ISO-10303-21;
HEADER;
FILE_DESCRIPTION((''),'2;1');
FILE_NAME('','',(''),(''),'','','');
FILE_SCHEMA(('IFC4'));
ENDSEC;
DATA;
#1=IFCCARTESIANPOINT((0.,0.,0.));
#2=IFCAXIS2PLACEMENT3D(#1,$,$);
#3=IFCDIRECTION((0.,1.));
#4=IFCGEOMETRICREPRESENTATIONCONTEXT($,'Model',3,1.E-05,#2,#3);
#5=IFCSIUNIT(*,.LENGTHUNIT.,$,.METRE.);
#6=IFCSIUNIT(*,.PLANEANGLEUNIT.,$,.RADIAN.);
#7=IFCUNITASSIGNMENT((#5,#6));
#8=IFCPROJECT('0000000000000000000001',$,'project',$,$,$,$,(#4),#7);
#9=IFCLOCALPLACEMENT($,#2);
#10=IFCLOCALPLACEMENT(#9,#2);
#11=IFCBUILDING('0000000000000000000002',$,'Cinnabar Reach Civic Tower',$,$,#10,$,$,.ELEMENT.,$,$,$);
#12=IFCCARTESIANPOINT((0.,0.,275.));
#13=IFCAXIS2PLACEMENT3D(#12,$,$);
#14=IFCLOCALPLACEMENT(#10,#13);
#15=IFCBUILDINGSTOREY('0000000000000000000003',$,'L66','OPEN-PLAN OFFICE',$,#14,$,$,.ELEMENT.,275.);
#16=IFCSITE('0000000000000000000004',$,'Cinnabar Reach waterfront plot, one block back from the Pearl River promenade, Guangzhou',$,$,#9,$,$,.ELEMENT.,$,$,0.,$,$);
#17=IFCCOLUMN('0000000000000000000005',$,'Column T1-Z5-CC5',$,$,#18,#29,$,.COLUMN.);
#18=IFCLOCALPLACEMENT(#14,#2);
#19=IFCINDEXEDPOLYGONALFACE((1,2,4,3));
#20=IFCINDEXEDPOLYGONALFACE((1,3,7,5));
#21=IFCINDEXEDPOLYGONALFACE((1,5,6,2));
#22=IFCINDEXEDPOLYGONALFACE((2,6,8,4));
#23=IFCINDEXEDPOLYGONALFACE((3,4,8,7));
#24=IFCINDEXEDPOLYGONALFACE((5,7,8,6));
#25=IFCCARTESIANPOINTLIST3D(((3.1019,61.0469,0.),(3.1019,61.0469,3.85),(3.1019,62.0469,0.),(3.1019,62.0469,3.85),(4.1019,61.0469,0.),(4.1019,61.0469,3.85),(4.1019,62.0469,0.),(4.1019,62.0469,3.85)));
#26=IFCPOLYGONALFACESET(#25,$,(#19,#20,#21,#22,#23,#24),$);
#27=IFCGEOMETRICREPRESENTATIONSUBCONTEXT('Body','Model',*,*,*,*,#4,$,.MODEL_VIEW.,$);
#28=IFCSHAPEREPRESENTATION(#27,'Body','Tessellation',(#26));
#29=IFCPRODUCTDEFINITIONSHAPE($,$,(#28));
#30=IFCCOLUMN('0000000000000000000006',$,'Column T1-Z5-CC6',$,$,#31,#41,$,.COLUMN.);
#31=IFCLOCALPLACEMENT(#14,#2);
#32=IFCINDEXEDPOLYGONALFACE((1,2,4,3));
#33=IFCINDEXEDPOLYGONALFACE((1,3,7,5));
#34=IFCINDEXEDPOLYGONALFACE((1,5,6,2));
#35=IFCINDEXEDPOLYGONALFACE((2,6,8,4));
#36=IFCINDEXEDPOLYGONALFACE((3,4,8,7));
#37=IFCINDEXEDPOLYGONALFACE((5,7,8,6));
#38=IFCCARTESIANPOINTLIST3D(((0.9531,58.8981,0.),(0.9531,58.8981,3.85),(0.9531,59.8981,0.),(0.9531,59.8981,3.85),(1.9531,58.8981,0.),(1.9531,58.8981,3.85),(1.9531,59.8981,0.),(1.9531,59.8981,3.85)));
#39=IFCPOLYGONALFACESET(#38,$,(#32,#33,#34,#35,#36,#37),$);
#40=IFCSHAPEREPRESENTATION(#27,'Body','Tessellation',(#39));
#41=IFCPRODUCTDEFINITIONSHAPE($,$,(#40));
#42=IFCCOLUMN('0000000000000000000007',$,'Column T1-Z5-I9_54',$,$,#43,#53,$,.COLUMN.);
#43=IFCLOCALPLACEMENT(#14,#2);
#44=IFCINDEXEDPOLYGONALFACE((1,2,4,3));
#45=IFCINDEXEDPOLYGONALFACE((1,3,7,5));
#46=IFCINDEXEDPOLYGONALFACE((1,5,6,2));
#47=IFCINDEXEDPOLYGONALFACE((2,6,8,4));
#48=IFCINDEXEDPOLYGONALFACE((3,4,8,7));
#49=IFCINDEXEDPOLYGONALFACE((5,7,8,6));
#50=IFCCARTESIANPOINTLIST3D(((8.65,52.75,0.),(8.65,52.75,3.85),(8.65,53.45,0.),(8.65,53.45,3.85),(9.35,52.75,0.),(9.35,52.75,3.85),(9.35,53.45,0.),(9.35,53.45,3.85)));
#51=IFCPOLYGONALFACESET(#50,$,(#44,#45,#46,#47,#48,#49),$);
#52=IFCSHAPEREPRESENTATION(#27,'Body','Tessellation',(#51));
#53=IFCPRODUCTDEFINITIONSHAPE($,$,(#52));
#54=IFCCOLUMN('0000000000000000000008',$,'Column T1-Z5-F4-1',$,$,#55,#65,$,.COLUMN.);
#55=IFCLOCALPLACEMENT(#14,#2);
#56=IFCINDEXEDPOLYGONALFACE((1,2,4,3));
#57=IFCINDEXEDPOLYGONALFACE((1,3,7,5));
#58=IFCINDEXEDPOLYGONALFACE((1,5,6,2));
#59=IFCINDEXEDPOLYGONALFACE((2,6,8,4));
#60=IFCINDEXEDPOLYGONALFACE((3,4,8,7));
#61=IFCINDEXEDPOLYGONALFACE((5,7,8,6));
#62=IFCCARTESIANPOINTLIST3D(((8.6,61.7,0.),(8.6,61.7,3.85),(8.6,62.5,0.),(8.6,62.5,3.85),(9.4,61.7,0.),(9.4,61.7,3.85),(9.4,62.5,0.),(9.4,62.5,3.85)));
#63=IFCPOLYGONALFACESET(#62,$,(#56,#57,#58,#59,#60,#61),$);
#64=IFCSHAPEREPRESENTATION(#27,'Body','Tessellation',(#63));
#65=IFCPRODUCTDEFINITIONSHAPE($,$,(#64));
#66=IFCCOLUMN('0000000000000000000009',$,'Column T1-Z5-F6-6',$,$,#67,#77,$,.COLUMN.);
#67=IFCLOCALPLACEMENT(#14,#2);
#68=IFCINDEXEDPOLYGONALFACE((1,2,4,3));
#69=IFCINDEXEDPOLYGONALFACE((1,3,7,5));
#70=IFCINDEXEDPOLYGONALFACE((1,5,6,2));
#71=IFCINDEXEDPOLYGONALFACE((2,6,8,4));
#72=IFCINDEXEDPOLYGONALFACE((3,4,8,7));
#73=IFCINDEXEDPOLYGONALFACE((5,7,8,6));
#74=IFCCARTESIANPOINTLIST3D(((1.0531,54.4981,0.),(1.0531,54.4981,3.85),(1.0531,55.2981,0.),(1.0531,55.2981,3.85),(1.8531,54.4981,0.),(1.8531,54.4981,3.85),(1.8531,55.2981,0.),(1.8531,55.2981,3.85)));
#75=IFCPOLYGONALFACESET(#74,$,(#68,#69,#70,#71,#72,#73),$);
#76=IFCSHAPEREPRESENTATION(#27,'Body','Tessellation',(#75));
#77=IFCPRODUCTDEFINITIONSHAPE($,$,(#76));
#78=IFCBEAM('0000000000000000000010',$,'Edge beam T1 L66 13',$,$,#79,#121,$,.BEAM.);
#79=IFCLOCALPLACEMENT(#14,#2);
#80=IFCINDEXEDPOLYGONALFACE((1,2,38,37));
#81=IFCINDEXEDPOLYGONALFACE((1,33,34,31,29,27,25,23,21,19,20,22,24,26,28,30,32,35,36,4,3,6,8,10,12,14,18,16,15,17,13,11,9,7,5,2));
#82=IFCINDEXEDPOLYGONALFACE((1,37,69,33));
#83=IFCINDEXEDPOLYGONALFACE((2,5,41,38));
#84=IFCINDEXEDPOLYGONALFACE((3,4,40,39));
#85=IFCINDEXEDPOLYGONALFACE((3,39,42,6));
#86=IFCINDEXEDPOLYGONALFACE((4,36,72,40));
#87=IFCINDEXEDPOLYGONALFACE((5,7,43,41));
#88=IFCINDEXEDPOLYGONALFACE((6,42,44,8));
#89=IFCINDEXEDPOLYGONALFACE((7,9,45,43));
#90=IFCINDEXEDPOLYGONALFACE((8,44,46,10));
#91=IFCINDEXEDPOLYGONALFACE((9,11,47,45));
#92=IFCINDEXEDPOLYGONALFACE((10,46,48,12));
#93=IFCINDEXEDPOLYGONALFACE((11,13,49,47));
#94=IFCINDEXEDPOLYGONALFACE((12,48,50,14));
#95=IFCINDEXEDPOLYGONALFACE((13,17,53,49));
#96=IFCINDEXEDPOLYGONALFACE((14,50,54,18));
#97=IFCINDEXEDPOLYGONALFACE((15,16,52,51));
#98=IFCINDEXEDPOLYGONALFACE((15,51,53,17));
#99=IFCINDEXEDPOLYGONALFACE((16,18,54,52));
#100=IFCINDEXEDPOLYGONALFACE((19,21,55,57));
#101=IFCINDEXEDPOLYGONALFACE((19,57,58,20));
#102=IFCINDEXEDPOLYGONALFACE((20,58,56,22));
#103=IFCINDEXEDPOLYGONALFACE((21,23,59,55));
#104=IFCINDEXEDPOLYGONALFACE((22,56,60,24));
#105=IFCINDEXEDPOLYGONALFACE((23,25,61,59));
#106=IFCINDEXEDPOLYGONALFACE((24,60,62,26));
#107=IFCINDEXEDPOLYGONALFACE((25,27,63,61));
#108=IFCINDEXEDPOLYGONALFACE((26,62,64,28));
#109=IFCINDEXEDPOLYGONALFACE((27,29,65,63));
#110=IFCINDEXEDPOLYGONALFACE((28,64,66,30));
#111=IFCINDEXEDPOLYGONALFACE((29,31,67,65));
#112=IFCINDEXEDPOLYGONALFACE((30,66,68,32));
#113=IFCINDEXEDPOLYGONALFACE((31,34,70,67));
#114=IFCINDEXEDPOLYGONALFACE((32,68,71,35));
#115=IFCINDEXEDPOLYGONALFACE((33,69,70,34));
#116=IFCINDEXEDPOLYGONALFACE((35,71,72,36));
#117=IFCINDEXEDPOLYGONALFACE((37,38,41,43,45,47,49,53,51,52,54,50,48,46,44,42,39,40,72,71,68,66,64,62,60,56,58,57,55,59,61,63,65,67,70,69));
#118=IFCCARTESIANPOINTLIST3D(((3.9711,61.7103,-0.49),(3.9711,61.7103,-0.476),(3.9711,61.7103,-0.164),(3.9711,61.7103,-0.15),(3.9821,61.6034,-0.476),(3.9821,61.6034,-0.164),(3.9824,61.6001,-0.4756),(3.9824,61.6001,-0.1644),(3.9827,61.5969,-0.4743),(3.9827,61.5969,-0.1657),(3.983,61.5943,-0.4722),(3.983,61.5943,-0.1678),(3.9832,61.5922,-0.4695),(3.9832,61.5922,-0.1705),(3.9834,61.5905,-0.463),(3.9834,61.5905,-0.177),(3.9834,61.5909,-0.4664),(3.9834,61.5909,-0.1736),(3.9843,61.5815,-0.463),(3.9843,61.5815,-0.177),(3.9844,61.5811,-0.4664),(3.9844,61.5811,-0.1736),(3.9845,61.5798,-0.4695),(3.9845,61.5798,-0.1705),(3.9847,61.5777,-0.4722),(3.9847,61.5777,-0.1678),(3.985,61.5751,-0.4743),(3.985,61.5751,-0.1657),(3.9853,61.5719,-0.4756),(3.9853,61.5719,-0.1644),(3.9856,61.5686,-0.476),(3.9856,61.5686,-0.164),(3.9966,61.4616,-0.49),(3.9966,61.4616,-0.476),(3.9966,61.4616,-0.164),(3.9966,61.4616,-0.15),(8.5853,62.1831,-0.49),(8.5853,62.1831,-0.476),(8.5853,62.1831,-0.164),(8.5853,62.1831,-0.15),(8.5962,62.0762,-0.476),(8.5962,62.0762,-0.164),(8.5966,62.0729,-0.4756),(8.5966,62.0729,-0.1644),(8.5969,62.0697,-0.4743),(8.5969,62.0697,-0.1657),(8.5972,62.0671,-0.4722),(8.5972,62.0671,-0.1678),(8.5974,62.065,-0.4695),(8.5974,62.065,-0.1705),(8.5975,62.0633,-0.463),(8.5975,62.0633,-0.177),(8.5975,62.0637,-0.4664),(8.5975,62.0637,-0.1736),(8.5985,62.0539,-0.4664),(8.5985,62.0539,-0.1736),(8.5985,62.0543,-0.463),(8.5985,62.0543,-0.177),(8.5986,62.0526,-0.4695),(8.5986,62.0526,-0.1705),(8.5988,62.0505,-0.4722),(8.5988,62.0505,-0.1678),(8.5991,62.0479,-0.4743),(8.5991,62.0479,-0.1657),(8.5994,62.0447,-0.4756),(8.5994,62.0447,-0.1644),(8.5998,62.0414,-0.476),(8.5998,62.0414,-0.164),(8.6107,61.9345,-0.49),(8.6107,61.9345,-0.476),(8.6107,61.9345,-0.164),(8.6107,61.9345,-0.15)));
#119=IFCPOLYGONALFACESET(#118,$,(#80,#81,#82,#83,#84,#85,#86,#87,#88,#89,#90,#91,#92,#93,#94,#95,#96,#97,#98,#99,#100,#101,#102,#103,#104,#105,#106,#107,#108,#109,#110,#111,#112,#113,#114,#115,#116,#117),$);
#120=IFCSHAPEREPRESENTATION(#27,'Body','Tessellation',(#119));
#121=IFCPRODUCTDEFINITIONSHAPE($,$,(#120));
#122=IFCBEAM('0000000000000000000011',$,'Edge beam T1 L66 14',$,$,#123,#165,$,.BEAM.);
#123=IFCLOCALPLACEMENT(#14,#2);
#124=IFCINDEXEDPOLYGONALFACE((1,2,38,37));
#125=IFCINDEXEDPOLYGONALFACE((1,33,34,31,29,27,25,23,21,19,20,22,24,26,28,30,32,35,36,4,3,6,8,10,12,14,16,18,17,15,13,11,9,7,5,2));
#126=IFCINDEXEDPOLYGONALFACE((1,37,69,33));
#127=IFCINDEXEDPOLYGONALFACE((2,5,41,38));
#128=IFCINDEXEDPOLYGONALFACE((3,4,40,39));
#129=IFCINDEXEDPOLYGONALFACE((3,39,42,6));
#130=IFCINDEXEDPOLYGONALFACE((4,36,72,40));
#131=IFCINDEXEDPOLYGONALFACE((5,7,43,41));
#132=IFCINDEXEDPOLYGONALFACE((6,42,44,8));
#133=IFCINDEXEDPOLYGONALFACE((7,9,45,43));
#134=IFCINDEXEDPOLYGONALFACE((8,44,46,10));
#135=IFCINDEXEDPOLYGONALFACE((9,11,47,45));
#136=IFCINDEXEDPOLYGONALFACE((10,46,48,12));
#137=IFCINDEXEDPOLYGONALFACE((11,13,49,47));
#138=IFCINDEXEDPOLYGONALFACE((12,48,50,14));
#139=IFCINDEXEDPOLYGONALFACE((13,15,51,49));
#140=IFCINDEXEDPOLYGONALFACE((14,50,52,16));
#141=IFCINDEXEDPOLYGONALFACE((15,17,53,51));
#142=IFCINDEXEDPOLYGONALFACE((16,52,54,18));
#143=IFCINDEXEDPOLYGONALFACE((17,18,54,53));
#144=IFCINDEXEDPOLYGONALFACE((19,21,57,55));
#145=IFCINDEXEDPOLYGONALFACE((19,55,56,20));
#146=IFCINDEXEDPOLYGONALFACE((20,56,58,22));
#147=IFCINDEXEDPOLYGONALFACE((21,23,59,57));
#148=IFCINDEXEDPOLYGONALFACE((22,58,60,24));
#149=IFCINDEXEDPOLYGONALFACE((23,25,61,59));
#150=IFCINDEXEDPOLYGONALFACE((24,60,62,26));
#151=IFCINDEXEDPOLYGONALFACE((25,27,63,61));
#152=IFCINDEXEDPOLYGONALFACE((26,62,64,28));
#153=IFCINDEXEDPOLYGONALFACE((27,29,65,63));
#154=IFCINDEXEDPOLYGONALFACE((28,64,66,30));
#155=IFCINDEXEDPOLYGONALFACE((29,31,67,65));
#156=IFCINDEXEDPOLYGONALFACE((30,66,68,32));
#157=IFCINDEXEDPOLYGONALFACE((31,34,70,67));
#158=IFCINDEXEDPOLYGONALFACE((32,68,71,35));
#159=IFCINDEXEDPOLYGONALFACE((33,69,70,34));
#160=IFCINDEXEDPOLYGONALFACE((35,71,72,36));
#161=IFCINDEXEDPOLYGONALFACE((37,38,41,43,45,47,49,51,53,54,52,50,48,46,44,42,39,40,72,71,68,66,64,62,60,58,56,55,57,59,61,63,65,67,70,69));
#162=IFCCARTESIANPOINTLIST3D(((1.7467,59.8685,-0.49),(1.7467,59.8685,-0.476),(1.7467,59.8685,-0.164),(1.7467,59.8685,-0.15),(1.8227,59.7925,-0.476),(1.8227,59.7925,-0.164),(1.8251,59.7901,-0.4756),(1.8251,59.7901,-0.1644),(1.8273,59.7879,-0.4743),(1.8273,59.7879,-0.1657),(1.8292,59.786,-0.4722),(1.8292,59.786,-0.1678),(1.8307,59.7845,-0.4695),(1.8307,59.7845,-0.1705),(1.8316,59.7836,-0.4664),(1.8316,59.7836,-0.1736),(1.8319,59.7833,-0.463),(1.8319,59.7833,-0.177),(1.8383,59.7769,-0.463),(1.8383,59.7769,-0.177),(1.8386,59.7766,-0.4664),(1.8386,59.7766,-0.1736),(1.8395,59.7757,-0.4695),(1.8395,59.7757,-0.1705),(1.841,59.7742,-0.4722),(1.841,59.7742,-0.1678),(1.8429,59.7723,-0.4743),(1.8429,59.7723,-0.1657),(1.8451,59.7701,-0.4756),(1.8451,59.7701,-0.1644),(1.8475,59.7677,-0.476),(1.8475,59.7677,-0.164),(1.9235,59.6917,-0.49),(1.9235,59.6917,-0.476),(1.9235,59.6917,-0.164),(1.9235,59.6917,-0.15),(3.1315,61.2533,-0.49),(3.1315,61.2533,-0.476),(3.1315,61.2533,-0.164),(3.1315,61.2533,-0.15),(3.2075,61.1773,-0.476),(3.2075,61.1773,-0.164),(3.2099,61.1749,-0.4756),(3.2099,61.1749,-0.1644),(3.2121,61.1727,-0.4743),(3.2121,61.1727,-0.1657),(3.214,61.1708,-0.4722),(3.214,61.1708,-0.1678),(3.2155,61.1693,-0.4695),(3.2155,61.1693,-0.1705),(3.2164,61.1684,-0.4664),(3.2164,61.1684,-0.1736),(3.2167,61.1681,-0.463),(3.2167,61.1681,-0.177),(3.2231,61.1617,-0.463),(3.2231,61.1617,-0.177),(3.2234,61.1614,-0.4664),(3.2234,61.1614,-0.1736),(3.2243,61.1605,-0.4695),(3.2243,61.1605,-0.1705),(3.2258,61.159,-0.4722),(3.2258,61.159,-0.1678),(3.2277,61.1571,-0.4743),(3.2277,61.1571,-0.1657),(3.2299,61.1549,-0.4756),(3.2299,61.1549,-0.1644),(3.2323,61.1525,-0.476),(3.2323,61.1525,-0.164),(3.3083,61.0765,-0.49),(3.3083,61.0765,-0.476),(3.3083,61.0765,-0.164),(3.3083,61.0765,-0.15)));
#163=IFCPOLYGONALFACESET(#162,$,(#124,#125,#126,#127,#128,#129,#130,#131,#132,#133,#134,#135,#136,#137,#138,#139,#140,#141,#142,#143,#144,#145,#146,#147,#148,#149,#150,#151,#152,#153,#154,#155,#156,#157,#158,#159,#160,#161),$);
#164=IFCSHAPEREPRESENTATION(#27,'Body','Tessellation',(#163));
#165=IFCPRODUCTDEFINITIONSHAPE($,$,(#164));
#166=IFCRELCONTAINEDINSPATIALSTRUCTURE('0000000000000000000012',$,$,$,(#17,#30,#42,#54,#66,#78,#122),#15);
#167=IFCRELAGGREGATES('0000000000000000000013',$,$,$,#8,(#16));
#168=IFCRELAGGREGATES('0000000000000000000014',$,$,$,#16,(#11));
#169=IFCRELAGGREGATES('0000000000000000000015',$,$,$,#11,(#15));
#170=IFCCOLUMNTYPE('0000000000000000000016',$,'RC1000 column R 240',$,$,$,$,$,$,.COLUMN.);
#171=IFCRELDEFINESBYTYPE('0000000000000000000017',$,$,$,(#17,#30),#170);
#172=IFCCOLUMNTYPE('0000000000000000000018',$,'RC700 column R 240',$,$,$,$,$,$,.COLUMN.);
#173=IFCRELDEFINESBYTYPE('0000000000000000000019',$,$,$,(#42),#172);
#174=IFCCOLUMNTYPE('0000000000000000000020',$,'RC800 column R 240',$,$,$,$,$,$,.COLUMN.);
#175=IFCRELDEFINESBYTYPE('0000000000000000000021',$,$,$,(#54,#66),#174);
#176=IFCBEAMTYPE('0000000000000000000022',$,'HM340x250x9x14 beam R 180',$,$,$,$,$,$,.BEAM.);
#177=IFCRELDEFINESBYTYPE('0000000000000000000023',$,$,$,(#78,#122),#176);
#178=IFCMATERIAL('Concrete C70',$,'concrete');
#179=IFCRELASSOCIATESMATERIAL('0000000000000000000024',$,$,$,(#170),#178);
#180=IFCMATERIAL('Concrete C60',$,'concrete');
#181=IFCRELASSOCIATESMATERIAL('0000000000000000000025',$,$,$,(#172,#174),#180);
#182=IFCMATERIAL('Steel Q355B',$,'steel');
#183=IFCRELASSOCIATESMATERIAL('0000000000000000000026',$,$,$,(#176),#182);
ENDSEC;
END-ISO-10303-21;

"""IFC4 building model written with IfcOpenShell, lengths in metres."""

from ifc_helpers import new_model, si_unit, direction, frame, origin, origin_2d, place, context, subcontext, project, spatial, rectangle, i_section, extrude, material, material_profile, profile_set, type_object, element, save


model = new_model("IFC4")

# Units and contexts
model_context = context("Model", 3, precision=1e-05, world=origin(), true_north=direction((0.0, 1.0)))
body_context = subcontext(model_context, "Body", "Model", "MODEL_VIEW")
ifc_project = project(units=[si_unit("LENGTHUNIT", "METRE"), si_unit("PLANEANGLEUNIT", "RADIAN")], contexts=[model_context])

# Site, building, storey
site_placement = place(None, origin())
site = spatial("IfcSite", under=ifc_project, at=site_placement, Name="Cinnabar Reach waterfront plot, one block back from the Pearl River promenade, Guangzhou", CompositionType="ELEMENT", RefElevation=0.0)
building_placement = place(site_placement, origin())
building = spatial("IfcBuilding", under=site, at=building_placement, Name="Cinnabar Reach Civic Tower", CompositionType="ELEMENT")
storey_placement = place(building_placement, frame((0.0, 0.0, 275.0)))
storey = spatial("IfcBuildingStorey", under=building, at=storey_placement, Name="L66", Description="OPEN-PLAN OFFICE", CompositionType="ELEMENT", Elevation=275.0)

# Columns
ifc_material_1 = material(Name="Concrete C70", Category="concrete")
ifc_material_profile_1 = material_profile(ifc_material_1, rectangle(XDim=1.0, YDim=1.0, at=origin_2d()), Name="RC1000")
ifc_profile_set_1 = profile_set([ifc_material_profile_1], Name="Concrete C70")
column_type_1 = type_object("IfcColumnType", Name="RC1000 column R 240", PredefinedType="COLUMN", material=ifc_profile_set_1)
for number, where, z_axis, x_axis, name in (
    (1, (3.6019, 61.5469, 0.0), (0.0, 0.0, 1.0), (1.0, 0.0, 0.0), "Column T1-Z5-CC5"),
    (2, (1.4531, 59.3981, 0.0), (0.0, 0.0, 1.0), (1.0, 0.0, 0.0), "Column T1-Z5-CC6"),
):
    element("IfcColumn", number, at=place(storey_placement, frame(where, z_axis=z_axis, x_axis=x_axis)), inside=storey, type_object=column_type_1, Name=name, PredefinedType="COLUMN", context=body_context, shape_type="SweptSolid", body=[
        extrude(rectangle(XDim=1.0, YDim=1.0, at=origin_2d()), origin(), (0.0, 0.0, 1.0), 3.85),
    ])
ifc_material_2 = material(Name="Concrete C60", Category="concrete")
ifc_material_profile_2 = material_profile(ifc_material_2, rectangle(XDim=0.7, YDim=0.7, at=origin_2d()), Name="RC700")
ifc_profile_set_2 = profile_set([ifc_material_profile_2], Name="Concrete C60")
column_type_2 = type_object("IfcColumnType", Name="RC700 column R 240", PredefinedType="COLUMN", material=ifc_profile_set_2)
column_placement = place(storey_placement, frame((9.0, 53.1, 0.0), z_axis=(0.0, 0.0, 1.0), x_axis=(1.0, 0.0, 0.0)))
element("IfcColumn", 3, at=column_placement, inside=storey, type_object=column_type_2, Name="Column T1-Z5-I9_54", PredefinedType="COLUMN", context=body_context, shape_type="SweptSolid", body=[
    extrude(rectangle(XDim=0.7, YDim=0.7, at=origin_2d()), origin(), (0.0, 0.0, 1.0), 3.85),
])
ifc_material_profile_3 = material_profile(ifc_material_2, rectangle(XDim=0.8, YDim=0.8, at=origin_2d()), Name="RC800")
ifc_profile_set_3 = profile_set([ifc_material_profile_3], Name="Concrete C60")
column_type_3 = type_object("IfcColumnType", Name="RC800 column R 240", PredefinedType="COLUMN", material=ifc_profile_set_3)
for number, where, z_axis, x_axis, name in (
    (4, (9.0, 62.1, 0.0), (0.0, 0.0, 1.0), (1.0, 0.0, 0.0), "Column T1-Z5-F4-1"),
    (5, (1.4531, 54.8981, 0.0), (0.0, 0.0, 1.0), (1.0, 0.0, 0.0), "Column T1-Z5-F6-6"),
):
    element("IfcColumn", number, at=place(storey_placement, frame(where, z_axis=z_axis, x_axis=x_axis)), inside=storey, type_object=column_type_3, Name=name, PredefinedType="COLUMN", context=body_context, shape_type="SweptSolid", body=[
        extrude(rectangle(XDim=0.8, YDim=0.8, at=origin_2d()), origin(), (0.0, 0.0, 1.0), 3.85),
    ])

# Beams
ifc_material_3 = material(Name="Steel Q355B", Category="steel")
ifc_material_profile_4 = material_profile(ifc_material_3, i_section(OverallWidth=0.25, OverallDepth=0.34, WebThickness=0.009, FlangeThickness=0.014, FilletRadius=0.013, at=origin_2d()), Name="HM340x250x9x14")
ifc_profile_set_4 = profile_set([ifc_material_profile_4], Name="Steel Q355B")
beam_type_1 = type_object("IfcBeamType", Name="HM340x250x9x14 beam R 180", PredefinedType="BEAM", material=ifc_profile_set_4)
beam_1_placement = place(storey_placement, frame((8.598, 62.0588, -0.32), z_axis=(-0.994791, -0.101935, 0.0), x_axis=(0.101935, -0.994791, 0.0)))
element("IfcBeam", 6, at=beam_1_placement, inside=storey, type_object=beam_type_1, Name="Edge beam T1 L66 13", PredefinedType="BEAM", context=body_context, shape_type="SweptSolid", body=[
    extrude(i_section(OverallWidth=0.25, OverallDepth=0.34, WebThickness=0.009, FlangeThickness=0.014, FilletRadius=0.013, at=origin_2d()), origin(), (0.0, 0.0, 1.0), 4.6383),
])
beam_2_placement = place(storey_placement, frame((3.2199, 61.1649, -0.32), z_axis=(-0.707107, -0.707107, 0.0), x_axis=(0.707107, -0.707107, 0.0)))
element("IfcBeam", 7, at=beam_2_placement, inside=storey, type_object=beam_type_1, Name="Edge beam T1 L66 14", PredefinedType="BEAM", context=body_context, shape_type="SweptSolid", body=[
    extrude(i_section(OverallWidth=0.25, OverallDepth=0.34, WebThickness=0.009, FlangeThickness=0.014, FilletRadius=0.013, at=origin_2d()), origin(), (0.0, 0.0, 1.0), 1.9584),
])

save(model, "model.ifc")
